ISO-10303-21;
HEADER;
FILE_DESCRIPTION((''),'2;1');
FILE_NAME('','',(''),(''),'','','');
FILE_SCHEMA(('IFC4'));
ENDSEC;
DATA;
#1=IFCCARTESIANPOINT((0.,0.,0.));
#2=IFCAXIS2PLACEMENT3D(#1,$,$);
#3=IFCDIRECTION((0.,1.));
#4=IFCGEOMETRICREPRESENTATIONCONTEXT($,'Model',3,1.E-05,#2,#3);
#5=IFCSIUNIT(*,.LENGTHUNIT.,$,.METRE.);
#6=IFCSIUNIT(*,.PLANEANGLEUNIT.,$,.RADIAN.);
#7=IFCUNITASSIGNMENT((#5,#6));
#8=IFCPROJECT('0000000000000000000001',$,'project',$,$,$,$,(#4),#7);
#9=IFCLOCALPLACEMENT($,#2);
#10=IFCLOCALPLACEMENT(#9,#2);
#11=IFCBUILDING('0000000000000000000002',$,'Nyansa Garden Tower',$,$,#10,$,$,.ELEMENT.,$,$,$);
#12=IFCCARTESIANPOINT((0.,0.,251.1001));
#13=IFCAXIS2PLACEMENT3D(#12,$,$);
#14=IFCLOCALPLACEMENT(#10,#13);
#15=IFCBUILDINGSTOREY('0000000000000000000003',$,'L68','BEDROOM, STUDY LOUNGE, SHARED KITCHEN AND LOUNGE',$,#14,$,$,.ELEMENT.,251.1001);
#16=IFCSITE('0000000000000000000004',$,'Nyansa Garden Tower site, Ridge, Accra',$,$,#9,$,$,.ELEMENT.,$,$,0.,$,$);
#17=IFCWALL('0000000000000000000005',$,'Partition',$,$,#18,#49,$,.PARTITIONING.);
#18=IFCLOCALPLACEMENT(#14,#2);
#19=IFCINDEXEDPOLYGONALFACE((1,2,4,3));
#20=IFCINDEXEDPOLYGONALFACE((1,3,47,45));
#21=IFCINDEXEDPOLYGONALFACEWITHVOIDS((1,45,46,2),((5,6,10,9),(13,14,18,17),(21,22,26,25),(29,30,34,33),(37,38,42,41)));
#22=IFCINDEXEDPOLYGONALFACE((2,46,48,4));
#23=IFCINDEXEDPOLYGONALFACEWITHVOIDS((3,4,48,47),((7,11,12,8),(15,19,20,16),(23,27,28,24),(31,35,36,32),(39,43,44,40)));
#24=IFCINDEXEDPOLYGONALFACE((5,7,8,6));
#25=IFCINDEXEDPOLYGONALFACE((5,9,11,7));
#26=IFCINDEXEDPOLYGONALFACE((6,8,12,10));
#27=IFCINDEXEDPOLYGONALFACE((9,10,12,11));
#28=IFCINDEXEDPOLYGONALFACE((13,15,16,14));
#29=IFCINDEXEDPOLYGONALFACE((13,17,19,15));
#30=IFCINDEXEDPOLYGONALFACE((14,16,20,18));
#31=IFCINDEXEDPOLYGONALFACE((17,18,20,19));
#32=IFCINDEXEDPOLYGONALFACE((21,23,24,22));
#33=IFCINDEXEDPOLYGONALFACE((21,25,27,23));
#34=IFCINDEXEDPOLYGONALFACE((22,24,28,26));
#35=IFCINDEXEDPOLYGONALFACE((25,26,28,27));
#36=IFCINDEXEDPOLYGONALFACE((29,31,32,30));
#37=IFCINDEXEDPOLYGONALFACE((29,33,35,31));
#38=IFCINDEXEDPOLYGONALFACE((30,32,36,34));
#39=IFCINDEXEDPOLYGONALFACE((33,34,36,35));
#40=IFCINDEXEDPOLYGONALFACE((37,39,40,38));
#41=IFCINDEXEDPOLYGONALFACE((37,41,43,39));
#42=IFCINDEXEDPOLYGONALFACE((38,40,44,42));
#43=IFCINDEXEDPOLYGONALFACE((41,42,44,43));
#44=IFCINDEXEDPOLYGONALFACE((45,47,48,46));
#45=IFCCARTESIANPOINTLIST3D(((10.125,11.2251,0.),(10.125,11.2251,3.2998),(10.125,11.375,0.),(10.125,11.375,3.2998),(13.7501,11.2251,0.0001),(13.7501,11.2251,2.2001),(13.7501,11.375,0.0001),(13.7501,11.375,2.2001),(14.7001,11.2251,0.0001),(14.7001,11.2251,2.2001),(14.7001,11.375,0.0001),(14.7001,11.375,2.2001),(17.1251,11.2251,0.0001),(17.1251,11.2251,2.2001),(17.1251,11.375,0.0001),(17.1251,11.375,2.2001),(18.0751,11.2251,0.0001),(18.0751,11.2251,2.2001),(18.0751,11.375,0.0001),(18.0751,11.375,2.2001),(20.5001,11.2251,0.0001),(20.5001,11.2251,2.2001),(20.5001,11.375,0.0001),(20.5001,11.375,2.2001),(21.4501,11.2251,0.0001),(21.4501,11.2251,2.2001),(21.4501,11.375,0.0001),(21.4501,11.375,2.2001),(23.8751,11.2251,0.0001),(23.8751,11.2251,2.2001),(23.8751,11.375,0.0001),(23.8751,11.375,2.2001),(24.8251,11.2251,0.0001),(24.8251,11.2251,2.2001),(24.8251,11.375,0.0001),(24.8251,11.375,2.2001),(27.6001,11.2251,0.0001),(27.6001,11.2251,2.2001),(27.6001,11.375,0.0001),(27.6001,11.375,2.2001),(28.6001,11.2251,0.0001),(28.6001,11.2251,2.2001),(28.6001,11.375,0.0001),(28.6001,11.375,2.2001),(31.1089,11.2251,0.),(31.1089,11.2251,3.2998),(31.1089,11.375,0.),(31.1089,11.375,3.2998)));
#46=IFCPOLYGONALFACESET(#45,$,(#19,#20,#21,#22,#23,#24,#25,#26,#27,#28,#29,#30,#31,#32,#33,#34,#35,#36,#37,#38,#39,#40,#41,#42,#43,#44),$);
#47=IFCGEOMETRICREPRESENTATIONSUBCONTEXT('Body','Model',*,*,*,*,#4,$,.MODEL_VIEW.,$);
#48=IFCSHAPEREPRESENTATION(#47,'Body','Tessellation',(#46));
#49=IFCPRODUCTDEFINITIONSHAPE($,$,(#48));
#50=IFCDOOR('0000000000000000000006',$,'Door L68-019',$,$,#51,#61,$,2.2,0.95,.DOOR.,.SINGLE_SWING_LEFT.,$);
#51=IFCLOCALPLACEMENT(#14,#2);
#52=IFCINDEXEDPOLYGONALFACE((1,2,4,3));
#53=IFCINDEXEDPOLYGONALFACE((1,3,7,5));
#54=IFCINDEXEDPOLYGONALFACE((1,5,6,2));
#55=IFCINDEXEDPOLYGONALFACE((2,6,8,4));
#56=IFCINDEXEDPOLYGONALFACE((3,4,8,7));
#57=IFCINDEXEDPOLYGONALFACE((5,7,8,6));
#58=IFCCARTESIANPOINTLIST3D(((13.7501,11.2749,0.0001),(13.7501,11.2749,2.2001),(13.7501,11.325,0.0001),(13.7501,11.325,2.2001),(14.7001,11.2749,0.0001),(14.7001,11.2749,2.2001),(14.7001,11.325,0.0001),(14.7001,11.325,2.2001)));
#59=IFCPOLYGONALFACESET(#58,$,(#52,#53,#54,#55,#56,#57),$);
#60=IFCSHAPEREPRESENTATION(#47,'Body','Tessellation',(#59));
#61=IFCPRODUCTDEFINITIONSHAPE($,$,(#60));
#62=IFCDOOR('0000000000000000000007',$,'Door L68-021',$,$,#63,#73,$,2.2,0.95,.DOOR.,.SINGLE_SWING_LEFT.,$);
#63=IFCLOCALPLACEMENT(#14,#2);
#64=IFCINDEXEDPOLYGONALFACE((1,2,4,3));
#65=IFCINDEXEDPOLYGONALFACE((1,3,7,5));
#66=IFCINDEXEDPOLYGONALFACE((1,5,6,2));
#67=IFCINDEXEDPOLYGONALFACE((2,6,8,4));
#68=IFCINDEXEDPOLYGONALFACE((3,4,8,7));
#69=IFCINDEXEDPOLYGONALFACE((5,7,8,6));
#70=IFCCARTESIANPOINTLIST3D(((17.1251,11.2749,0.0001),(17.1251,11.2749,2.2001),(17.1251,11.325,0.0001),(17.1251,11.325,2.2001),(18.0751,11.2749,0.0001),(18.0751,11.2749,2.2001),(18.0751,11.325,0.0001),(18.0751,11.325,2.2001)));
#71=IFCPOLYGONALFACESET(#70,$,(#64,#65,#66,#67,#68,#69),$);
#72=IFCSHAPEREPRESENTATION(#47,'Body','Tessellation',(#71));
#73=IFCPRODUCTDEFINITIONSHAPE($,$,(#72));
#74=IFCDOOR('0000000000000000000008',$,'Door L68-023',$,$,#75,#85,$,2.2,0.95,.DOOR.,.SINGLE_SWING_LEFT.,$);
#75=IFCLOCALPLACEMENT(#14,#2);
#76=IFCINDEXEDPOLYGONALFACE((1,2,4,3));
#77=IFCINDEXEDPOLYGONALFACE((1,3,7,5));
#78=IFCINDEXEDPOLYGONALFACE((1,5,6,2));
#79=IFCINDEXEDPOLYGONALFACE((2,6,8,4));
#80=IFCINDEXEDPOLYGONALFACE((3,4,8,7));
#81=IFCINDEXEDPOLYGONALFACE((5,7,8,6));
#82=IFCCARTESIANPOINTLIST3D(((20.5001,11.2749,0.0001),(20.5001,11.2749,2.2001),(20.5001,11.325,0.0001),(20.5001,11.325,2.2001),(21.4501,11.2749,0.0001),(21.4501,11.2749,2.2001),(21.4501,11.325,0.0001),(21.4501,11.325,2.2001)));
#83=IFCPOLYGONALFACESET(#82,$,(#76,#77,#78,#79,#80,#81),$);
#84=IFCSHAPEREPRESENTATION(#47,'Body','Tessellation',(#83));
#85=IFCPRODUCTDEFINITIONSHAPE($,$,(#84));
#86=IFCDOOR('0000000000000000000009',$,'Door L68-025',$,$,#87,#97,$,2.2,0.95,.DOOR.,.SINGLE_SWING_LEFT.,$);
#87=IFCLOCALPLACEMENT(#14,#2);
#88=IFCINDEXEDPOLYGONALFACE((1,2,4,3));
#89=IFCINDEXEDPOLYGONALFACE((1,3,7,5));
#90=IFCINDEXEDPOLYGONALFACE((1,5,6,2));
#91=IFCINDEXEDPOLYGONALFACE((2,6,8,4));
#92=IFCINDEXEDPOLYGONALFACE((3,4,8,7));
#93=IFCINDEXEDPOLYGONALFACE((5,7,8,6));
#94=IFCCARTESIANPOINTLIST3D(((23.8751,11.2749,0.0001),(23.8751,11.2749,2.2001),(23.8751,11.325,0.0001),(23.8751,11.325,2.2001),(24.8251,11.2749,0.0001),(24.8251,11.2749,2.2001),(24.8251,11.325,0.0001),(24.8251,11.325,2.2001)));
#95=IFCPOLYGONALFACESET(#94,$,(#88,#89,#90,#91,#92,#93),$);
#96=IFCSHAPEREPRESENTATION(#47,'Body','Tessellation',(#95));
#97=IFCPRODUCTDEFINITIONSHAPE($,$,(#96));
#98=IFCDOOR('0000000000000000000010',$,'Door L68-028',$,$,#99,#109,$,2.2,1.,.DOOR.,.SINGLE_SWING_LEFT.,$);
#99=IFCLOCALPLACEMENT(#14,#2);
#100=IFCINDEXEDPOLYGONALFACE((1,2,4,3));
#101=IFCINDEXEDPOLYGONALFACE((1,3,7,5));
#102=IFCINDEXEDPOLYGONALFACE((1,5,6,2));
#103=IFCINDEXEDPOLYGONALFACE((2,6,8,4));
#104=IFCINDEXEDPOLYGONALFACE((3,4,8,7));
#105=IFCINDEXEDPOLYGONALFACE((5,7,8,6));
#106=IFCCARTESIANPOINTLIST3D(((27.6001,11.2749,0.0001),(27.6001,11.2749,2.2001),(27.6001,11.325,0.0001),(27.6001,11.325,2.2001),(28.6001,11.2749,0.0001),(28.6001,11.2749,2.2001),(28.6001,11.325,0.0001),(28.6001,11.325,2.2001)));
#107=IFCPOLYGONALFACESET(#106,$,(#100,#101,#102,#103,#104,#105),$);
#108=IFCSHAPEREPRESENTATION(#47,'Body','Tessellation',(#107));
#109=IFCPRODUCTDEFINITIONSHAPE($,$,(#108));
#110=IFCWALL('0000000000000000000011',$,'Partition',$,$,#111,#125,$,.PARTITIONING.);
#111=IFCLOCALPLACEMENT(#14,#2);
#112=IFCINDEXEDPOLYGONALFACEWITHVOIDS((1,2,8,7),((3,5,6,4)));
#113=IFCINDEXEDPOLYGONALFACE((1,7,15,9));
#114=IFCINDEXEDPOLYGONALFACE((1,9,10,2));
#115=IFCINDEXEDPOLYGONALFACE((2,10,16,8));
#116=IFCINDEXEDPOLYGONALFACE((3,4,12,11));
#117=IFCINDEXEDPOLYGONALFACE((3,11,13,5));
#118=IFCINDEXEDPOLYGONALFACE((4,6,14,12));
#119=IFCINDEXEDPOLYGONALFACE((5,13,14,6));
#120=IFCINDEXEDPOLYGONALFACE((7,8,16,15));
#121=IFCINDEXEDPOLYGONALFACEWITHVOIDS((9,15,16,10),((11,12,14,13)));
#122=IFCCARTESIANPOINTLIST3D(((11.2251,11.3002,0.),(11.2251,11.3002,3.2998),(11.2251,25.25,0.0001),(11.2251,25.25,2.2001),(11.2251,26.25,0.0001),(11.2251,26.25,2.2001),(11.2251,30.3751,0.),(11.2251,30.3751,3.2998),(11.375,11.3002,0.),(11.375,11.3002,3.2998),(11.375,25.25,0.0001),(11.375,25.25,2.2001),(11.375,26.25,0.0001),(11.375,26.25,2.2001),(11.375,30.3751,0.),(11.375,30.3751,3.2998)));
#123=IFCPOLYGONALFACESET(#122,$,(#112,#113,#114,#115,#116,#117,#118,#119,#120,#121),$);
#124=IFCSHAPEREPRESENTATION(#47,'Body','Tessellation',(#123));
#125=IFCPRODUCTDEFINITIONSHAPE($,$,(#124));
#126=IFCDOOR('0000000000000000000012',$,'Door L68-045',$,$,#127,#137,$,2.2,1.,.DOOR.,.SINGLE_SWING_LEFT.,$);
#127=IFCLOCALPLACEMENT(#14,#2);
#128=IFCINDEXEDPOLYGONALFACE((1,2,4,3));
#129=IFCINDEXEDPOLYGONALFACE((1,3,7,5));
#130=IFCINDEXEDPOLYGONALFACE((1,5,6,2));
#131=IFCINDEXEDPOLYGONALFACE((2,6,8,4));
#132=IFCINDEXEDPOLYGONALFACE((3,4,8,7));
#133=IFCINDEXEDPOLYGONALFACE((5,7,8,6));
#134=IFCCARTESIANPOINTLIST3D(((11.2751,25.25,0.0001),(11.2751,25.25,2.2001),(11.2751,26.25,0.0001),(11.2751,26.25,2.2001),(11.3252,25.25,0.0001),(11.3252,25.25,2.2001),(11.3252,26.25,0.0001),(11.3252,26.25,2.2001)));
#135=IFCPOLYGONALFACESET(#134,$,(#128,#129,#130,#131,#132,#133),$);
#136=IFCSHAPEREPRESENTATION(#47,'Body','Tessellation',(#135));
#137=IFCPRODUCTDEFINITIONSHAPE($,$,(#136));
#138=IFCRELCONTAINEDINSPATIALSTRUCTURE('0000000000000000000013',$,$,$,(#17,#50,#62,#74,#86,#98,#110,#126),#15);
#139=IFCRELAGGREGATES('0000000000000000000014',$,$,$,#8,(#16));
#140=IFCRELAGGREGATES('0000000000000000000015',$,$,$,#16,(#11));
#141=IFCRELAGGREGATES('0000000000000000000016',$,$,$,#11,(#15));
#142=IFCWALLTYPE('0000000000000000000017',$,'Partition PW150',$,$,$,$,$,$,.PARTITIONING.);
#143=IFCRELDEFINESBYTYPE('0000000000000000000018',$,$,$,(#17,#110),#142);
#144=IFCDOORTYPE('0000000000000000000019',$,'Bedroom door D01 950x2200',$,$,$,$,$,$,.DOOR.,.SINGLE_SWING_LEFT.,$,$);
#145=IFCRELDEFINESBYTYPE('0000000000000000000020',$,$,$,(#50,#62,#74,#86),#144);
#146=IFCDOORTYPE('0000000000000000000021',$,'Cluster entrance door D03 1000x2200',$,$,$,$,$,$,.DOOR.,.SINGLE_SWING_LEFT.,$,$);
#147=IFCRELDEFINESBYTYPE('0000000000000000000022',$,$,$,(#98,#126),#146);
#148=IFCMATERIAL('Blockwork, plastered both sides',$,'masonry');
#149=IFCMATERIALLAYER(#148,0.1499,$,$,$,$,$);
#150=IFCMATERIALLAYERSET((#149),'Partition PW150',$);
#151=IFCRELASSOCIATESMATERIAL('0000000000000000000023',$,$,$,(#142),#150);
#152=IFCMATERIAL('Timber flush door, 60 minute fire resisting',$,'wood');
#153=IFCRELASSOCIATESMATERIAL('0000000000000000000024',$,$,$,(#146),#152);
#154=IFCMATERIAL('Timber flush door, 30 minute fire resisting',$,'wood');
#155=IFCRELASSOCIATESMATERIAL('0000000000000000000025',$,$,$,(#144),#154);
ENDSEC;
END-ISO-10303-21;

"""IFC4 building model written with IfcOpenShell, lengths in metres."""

from ifc_helpers import new_model, si_unit, direction, frame, frame_2d, origin, place, context, subcontext, project, spatial, rectangle, extrude, material, layer, layer_set, type_object, element, fill, save


model = new_model("IFC4")

# Units and contexts
model_context = context("Model", 3, precision=1e-05, world=origin(), true_north=direction((0.0, 1.0)))
body_context = subcontext(model_context, "Body", "Model", "MODEL_VIEW")
ifc_project = project(units=[si_unit("LENGTHUNIT", "METRE"), si_unit("PLANEANGLEUNIT", "RADIAN")], contexts=[model_context])

# Site, building, storey
site_placement = place(None, origin())
site = spatial("IfcSite", under=ifc_project, at=site_placement, Name="Nyansa Garden Tower site, Ridge, Accra", CompositionType="ELEMENT", RefElevation=0.0)
building_placement = place(site_placement, origin())
building = spatial("IfcBuilding", under=site, at=building_placement, Name="Nyansa Garden Tower", CompositionType="ELEMENT")
storey_placement = place(building_placement, frame((0.0, 0.0, 251.1001)))
storey = spatial("IfcBuildingStorey", under=building, at=storey_placement, Name="L68", Description="BEDROOM, STUDY LOUNGE, SHARED KITCHEN AND LOUNGE", CompositionType="ELEMENT", Elevation=251.1001)

# Shared definitions
ifc_material_1 = material(Name="Blockwork, plastered both sides", Category="masonry")
ifc_layer_1 = layer(ifc_material_1, 0.1499)
ifc_layer_set_1 = layer_set([ifc_layer_1], Name="Partition PW150")
wall_type_1 = type_object("IfcWallType", Name="Partition PW150", PredefinedType="PARTITIONING", material=ifc_layer_set_1)
ifc_material_2 = material(Name="Timber flush door, 60 minute fire resisting", Category="wood")
door_type_1 = type_object("IfcDoorType", Name="Cluster entrance door D03 1000x2200", OperationType="SINGLE_SWING_LEFT", PredefinedType="DOOR", material=ifc_material_2)

# Shared definitions
ifc_material_3 = material(Name="Timber flush door, 30 minute fire resisting", Category="wood")
door_type_2 = type_object("IfcDoorType", Name="Bedroom door D01 950x2200", OperationType="SINGLE_SWING_LEFT", PredefinedType="DOOR", material=ifc_material_3)

# Wall, openings, doors
wall_1_placement = place(storey_placement, frame((10.125, 11.3, 0.0), z_axis=(0.0, 0.0, 1.0), x_axis=(1.0, 0.0, 0.0)))
wall_1 = element("IfcWall", 1, at=wall_1_placement, inside=storey, type_object=wall_type_1, Name="Partition", PredefinedType="PARTITIONING", context=body_context, shape_type="SweptSolid", body=[
    extrude(rectangle(XDim=20.9839, YDim=0.1499, at=frame_2d((10.4919, 0.0))), origin(), (0.0, 0.0, 1.0), 3.2998),
])
opening_1_placement = place(wall_1_placement, frame((3.625, 0.0, 0.0)))
opening_1 = element("IfcOpeningElement", 2, at=opening_1_placement, cuts=wall_1, PredefinedType="OPENING", context=body_context, shape_type="SweptSolid", body=[
    extrude(rectangle(XDim=0.95, YDim=2.2, at=frame_2d((0.4751, 1.1001))), frame((0.0, 0.085, 0.0), z_axis=(0.0, -1.0, 0.0), x_axis=(1.0, 0.0, 0.0)), (0.0, 0.0, 1.0), 0.1699),
])
opening_2_placement = place(wall_1_placement, frame((7.0, 0.0, 0.0)))
opening_2 = element("IfcOpeningElement", 3, at=opening_2_placement, cuts=wall_1, PredefinedType="OPENING", context=body_context, shape_type="SweptSolid", body=[
    extrude(rectangle(XDim=0.95, YDim=2.2, at=frame_2d((0.4751, 1.1001))), frame((0.0, 0.085, 0.0), z_axis=(0.0, -1.0, 0.0), x_axis=(1.0, 0.0, 0.0)), (0.0, 0.0, 1.0), 0.1699),
])
opening_3_placement = place(wall_1_placement, frame((10.375, 0.0, 0.0)))
opening_3 = element("IfcOpeningElement", 4, at=opening_3_placement, cuts=wall_1, PredefinedType="OPENING", context=body_context, shape_type="SweptSolid", body=[
    extrude(rectangle(XDim=0.95, YDim=2.2, at=frame_2d((0.4751, 1.1001))), frame((0.0, 0.085, 0.0), z_axis=(0.0, -1.0, 0.0), x_axis=(1.0, 0.0, 0.0)), (0.0, 0.0, 1.0), 0.1699),
])
opening_4_placement = place(wall_1_placement, frame((13.75, 0.0, 0.0)))
opening_4 = element("IfcOpeningElement", 5, at=opening_4_placement, cuts=wall_1, PredefinedType="OPENING", context=body_context, shape_type="SweptSolid", body=[
    extrude(rectangle(XDim=0.95, YDim=2.2, at=frame_2d((0.4751, 1.1001))), frame((0.0, 0.085, 0.0), z_axis=(0.0, -1.0, 0.0), x_axis=(1.0, 0.0, 0.0)), (0.0, 0.0, 1.0), 0.1699),
])
opening_5_placement = place(wall_1_placement, frame((17.4751, 0.0, 0.0)))
opening_5 = element("IfcOpeningElement", 6, at=opening_5_placement, cuts=wall_1, PredefinedType="OPENING", context=body_context, shape_type="SweptSolid", body=[
    extrude(rectangle(XDim=1.0, YDim=2.2, at=frame_2d((0.5, 1.1001))), frame((0.0, 0.085, 0.0), z_axis=(0.0, -1.0, 0.0), x_axis=(1.0, 0.0, 0.0)), (0.0, 0.0, 1.0), 0.1699),
])
door_1_placement = place(opening_1_placement, origin())
door_1 = element("IfcDoor", 7, at=door_1_placement, inside=storey, type_object=door_type_2, Name="Door L68-019", OperationType="SINGLE_SWING_LEFT", OverallHeight=2.2, OverallWidth=0.95, PredefinedType="DOOR", context=body_context, shape_type="SweptSolid", body=[
    extrude(rectangle(XDim=0.95, YDim=2.2, at=frame_2d((0.4751, 1.1001))), frame((0.0, 0.0249, 0.0), z_axis=(0.0, -1.0, 0.0), x_axis=(1.0, 0.0, 0.0)), (0.0, 0.0, 1.0), 0.05),
])
fill(opening_1, door_1)
door_2_placement = place(opening_2_placement, origin())
door_2 = element("IfcDoor", 8, at=door_2_placement, inside=storey, type_object=door_type_2, Name="Door L68-021", OperationType="SINGLE_SWING_LEFT", OverallHeight=2.2, OverallWidth=0.95, PredefinedType="DOOR", context=body_context, shape_type="SweptSolid", body=[
    extrude(rectangle(XDim=0.95, YDim=2.2, at=frame_2d((0.4751, 1.1001))), frame((0.0, 0.0249, 0.0), z_axis=(0.0, -1.0, 0.0), x_axis=(1.0, 0.0, 0.0)), (0.0, 0.0, 1.0), 0.05),
])
fill(opening_2, door_2)
door_3_placement = place(opening_3_placement, origin())
door_3 = element("IfcDoor", 9, at=door_3_placement, inside=storey, type_object=door_type_2, Name="Door L68-023", OperationType="SINGLE_SWING_LEFT", OverallHeight=2.2, OverallWidth=0.95, PredefinedType="DOOR", context=body_context, shape_type="SweptSolid", body=[
    extrude(rectangle(XDim=0.95, YDim=2.2, at=frame_2d((0.4751, 1.1001))), frame((0.0, 0.0249, 0.0), z_axis=(0.0, -1.0, 0.0), x_axis=(1.0, 0.0, 0.0)), (0.0, 0.0, 1.0), 0.05),
])
fill(opening_3, door_3)
door_4_placement = place(opening_4_placement, origin())
door_4 = element("IfcDoor", 10, at=door_4_placement, inside=storey, type_object=door_type_2, Name="Door L68-025", OperationType="SINGLE_SWING_LEFT", OverallHeight=2.2, OverallWidth=0.95, PredefinedType="DOOR", context=body_context, shape_type="SweptSolid", body=[
    extrude(rectangle(XDim=0.95, YDim=2.2, at=frame_2d((0.4751, 1.1001))), frame((0.0, 0.0249, 0.0), z_axis=(0.0, -1.0, 0.0), x_axis=(1.0, 0.0, 0.0)), (0.0, 0.0, 1.0), 0.05),
])
fill(opening_4, door_4)
door_5_placement = place(opening_5_placement, origin())
door_5 = element("IfcDoor", 11, at=door_5_placement, inside=storey, type_object=door_type_1, Name="Door L68-028", OperationType="SINGLE_SWING_LEFT", OverallHeight=2.2, OverallWidth=1.0, PredefinedType="DOOR", context=body_context, shape_type="SweptSolid", body=[
    extrude(rectangle(XDim=1.0, YDim=2.2, at=frame_2d((0.5, 1.1001))), frame((0.0, 0.0249, 0.0), z_axis=(0.0, -1.0, 0.0), x_axis=(1.0, 0.0, 0.0)), (0.0, 0.0, 1.0), 0.05),
])
fill(opening_5, door_5)

# Wall, opening, door
wall_2_placement = place(storey_placement, frame((11.3, 11.3, 0.0), z_axis=(0.0, 0.0, 1.0), x_axis=(0.0, 1.0, 0.0)))
wall_2 = element("IfcWall", 12, at=wall_2_placement, inside=storey, type_object=wall_type_1, Name="Partition", PredefinedType="PARTITIONING", context=body_context, shape_type="SweptSolid", body=[
    extrude(rectangle(XDim=19.075, YDim=0.1499, at=frame_2d((9.5376, 0.0))), origin(), (0.0, 0.0, 1.0), 3.2998),
])
opening_6_placement = place(wall_2_placement, frame((13.95, 0.0, 0.0)))
opening_6 = element("IfcOpeningElement", 13, at=opening_6_placement, cuts=wall_2, PredefinedType="OPENING", context=body_context, shape_type="SweptSolid", body=[
    extrude(rectangle(XDim=1.0, YDim=2.2, at=frame_2d((0.5, 1.1001))), frame((0.0, 0.085, 0.0), z_axis=(0.0, -1.0, 0.0), x_axis=(1.0, 0.0, 0.0)), (0.0, 0.0, 1.0), 0.1699),
])
door_6_placement = place(opening_6_placement, origin())
door_6 = element("IfcDoor", 14, at=door_6_placement, inside=storey, type_object=door_type_1, Name="Door L68-045", OperationType="SINGLE_SWING_LEFT", OverallHeight=2.2, OverallWidth=1.0, PredefinedType="DOOR", context=body_context, shape_type="SweptSolid", body=[
    extrude(rectangle(XDim=1.0, YDim=2.2, at=frame_2d((0.5, 1.1001))), frame((0.0, 0.0249, 0.0), z_axis=(0.0, -1.0, 0.0), x_axis=(1.0, 0.0, 0.0)), (0.0, 0.0, 1.0), 0.05),
])
fill(opening_6, door_6)

save(model, "model.ifc")
